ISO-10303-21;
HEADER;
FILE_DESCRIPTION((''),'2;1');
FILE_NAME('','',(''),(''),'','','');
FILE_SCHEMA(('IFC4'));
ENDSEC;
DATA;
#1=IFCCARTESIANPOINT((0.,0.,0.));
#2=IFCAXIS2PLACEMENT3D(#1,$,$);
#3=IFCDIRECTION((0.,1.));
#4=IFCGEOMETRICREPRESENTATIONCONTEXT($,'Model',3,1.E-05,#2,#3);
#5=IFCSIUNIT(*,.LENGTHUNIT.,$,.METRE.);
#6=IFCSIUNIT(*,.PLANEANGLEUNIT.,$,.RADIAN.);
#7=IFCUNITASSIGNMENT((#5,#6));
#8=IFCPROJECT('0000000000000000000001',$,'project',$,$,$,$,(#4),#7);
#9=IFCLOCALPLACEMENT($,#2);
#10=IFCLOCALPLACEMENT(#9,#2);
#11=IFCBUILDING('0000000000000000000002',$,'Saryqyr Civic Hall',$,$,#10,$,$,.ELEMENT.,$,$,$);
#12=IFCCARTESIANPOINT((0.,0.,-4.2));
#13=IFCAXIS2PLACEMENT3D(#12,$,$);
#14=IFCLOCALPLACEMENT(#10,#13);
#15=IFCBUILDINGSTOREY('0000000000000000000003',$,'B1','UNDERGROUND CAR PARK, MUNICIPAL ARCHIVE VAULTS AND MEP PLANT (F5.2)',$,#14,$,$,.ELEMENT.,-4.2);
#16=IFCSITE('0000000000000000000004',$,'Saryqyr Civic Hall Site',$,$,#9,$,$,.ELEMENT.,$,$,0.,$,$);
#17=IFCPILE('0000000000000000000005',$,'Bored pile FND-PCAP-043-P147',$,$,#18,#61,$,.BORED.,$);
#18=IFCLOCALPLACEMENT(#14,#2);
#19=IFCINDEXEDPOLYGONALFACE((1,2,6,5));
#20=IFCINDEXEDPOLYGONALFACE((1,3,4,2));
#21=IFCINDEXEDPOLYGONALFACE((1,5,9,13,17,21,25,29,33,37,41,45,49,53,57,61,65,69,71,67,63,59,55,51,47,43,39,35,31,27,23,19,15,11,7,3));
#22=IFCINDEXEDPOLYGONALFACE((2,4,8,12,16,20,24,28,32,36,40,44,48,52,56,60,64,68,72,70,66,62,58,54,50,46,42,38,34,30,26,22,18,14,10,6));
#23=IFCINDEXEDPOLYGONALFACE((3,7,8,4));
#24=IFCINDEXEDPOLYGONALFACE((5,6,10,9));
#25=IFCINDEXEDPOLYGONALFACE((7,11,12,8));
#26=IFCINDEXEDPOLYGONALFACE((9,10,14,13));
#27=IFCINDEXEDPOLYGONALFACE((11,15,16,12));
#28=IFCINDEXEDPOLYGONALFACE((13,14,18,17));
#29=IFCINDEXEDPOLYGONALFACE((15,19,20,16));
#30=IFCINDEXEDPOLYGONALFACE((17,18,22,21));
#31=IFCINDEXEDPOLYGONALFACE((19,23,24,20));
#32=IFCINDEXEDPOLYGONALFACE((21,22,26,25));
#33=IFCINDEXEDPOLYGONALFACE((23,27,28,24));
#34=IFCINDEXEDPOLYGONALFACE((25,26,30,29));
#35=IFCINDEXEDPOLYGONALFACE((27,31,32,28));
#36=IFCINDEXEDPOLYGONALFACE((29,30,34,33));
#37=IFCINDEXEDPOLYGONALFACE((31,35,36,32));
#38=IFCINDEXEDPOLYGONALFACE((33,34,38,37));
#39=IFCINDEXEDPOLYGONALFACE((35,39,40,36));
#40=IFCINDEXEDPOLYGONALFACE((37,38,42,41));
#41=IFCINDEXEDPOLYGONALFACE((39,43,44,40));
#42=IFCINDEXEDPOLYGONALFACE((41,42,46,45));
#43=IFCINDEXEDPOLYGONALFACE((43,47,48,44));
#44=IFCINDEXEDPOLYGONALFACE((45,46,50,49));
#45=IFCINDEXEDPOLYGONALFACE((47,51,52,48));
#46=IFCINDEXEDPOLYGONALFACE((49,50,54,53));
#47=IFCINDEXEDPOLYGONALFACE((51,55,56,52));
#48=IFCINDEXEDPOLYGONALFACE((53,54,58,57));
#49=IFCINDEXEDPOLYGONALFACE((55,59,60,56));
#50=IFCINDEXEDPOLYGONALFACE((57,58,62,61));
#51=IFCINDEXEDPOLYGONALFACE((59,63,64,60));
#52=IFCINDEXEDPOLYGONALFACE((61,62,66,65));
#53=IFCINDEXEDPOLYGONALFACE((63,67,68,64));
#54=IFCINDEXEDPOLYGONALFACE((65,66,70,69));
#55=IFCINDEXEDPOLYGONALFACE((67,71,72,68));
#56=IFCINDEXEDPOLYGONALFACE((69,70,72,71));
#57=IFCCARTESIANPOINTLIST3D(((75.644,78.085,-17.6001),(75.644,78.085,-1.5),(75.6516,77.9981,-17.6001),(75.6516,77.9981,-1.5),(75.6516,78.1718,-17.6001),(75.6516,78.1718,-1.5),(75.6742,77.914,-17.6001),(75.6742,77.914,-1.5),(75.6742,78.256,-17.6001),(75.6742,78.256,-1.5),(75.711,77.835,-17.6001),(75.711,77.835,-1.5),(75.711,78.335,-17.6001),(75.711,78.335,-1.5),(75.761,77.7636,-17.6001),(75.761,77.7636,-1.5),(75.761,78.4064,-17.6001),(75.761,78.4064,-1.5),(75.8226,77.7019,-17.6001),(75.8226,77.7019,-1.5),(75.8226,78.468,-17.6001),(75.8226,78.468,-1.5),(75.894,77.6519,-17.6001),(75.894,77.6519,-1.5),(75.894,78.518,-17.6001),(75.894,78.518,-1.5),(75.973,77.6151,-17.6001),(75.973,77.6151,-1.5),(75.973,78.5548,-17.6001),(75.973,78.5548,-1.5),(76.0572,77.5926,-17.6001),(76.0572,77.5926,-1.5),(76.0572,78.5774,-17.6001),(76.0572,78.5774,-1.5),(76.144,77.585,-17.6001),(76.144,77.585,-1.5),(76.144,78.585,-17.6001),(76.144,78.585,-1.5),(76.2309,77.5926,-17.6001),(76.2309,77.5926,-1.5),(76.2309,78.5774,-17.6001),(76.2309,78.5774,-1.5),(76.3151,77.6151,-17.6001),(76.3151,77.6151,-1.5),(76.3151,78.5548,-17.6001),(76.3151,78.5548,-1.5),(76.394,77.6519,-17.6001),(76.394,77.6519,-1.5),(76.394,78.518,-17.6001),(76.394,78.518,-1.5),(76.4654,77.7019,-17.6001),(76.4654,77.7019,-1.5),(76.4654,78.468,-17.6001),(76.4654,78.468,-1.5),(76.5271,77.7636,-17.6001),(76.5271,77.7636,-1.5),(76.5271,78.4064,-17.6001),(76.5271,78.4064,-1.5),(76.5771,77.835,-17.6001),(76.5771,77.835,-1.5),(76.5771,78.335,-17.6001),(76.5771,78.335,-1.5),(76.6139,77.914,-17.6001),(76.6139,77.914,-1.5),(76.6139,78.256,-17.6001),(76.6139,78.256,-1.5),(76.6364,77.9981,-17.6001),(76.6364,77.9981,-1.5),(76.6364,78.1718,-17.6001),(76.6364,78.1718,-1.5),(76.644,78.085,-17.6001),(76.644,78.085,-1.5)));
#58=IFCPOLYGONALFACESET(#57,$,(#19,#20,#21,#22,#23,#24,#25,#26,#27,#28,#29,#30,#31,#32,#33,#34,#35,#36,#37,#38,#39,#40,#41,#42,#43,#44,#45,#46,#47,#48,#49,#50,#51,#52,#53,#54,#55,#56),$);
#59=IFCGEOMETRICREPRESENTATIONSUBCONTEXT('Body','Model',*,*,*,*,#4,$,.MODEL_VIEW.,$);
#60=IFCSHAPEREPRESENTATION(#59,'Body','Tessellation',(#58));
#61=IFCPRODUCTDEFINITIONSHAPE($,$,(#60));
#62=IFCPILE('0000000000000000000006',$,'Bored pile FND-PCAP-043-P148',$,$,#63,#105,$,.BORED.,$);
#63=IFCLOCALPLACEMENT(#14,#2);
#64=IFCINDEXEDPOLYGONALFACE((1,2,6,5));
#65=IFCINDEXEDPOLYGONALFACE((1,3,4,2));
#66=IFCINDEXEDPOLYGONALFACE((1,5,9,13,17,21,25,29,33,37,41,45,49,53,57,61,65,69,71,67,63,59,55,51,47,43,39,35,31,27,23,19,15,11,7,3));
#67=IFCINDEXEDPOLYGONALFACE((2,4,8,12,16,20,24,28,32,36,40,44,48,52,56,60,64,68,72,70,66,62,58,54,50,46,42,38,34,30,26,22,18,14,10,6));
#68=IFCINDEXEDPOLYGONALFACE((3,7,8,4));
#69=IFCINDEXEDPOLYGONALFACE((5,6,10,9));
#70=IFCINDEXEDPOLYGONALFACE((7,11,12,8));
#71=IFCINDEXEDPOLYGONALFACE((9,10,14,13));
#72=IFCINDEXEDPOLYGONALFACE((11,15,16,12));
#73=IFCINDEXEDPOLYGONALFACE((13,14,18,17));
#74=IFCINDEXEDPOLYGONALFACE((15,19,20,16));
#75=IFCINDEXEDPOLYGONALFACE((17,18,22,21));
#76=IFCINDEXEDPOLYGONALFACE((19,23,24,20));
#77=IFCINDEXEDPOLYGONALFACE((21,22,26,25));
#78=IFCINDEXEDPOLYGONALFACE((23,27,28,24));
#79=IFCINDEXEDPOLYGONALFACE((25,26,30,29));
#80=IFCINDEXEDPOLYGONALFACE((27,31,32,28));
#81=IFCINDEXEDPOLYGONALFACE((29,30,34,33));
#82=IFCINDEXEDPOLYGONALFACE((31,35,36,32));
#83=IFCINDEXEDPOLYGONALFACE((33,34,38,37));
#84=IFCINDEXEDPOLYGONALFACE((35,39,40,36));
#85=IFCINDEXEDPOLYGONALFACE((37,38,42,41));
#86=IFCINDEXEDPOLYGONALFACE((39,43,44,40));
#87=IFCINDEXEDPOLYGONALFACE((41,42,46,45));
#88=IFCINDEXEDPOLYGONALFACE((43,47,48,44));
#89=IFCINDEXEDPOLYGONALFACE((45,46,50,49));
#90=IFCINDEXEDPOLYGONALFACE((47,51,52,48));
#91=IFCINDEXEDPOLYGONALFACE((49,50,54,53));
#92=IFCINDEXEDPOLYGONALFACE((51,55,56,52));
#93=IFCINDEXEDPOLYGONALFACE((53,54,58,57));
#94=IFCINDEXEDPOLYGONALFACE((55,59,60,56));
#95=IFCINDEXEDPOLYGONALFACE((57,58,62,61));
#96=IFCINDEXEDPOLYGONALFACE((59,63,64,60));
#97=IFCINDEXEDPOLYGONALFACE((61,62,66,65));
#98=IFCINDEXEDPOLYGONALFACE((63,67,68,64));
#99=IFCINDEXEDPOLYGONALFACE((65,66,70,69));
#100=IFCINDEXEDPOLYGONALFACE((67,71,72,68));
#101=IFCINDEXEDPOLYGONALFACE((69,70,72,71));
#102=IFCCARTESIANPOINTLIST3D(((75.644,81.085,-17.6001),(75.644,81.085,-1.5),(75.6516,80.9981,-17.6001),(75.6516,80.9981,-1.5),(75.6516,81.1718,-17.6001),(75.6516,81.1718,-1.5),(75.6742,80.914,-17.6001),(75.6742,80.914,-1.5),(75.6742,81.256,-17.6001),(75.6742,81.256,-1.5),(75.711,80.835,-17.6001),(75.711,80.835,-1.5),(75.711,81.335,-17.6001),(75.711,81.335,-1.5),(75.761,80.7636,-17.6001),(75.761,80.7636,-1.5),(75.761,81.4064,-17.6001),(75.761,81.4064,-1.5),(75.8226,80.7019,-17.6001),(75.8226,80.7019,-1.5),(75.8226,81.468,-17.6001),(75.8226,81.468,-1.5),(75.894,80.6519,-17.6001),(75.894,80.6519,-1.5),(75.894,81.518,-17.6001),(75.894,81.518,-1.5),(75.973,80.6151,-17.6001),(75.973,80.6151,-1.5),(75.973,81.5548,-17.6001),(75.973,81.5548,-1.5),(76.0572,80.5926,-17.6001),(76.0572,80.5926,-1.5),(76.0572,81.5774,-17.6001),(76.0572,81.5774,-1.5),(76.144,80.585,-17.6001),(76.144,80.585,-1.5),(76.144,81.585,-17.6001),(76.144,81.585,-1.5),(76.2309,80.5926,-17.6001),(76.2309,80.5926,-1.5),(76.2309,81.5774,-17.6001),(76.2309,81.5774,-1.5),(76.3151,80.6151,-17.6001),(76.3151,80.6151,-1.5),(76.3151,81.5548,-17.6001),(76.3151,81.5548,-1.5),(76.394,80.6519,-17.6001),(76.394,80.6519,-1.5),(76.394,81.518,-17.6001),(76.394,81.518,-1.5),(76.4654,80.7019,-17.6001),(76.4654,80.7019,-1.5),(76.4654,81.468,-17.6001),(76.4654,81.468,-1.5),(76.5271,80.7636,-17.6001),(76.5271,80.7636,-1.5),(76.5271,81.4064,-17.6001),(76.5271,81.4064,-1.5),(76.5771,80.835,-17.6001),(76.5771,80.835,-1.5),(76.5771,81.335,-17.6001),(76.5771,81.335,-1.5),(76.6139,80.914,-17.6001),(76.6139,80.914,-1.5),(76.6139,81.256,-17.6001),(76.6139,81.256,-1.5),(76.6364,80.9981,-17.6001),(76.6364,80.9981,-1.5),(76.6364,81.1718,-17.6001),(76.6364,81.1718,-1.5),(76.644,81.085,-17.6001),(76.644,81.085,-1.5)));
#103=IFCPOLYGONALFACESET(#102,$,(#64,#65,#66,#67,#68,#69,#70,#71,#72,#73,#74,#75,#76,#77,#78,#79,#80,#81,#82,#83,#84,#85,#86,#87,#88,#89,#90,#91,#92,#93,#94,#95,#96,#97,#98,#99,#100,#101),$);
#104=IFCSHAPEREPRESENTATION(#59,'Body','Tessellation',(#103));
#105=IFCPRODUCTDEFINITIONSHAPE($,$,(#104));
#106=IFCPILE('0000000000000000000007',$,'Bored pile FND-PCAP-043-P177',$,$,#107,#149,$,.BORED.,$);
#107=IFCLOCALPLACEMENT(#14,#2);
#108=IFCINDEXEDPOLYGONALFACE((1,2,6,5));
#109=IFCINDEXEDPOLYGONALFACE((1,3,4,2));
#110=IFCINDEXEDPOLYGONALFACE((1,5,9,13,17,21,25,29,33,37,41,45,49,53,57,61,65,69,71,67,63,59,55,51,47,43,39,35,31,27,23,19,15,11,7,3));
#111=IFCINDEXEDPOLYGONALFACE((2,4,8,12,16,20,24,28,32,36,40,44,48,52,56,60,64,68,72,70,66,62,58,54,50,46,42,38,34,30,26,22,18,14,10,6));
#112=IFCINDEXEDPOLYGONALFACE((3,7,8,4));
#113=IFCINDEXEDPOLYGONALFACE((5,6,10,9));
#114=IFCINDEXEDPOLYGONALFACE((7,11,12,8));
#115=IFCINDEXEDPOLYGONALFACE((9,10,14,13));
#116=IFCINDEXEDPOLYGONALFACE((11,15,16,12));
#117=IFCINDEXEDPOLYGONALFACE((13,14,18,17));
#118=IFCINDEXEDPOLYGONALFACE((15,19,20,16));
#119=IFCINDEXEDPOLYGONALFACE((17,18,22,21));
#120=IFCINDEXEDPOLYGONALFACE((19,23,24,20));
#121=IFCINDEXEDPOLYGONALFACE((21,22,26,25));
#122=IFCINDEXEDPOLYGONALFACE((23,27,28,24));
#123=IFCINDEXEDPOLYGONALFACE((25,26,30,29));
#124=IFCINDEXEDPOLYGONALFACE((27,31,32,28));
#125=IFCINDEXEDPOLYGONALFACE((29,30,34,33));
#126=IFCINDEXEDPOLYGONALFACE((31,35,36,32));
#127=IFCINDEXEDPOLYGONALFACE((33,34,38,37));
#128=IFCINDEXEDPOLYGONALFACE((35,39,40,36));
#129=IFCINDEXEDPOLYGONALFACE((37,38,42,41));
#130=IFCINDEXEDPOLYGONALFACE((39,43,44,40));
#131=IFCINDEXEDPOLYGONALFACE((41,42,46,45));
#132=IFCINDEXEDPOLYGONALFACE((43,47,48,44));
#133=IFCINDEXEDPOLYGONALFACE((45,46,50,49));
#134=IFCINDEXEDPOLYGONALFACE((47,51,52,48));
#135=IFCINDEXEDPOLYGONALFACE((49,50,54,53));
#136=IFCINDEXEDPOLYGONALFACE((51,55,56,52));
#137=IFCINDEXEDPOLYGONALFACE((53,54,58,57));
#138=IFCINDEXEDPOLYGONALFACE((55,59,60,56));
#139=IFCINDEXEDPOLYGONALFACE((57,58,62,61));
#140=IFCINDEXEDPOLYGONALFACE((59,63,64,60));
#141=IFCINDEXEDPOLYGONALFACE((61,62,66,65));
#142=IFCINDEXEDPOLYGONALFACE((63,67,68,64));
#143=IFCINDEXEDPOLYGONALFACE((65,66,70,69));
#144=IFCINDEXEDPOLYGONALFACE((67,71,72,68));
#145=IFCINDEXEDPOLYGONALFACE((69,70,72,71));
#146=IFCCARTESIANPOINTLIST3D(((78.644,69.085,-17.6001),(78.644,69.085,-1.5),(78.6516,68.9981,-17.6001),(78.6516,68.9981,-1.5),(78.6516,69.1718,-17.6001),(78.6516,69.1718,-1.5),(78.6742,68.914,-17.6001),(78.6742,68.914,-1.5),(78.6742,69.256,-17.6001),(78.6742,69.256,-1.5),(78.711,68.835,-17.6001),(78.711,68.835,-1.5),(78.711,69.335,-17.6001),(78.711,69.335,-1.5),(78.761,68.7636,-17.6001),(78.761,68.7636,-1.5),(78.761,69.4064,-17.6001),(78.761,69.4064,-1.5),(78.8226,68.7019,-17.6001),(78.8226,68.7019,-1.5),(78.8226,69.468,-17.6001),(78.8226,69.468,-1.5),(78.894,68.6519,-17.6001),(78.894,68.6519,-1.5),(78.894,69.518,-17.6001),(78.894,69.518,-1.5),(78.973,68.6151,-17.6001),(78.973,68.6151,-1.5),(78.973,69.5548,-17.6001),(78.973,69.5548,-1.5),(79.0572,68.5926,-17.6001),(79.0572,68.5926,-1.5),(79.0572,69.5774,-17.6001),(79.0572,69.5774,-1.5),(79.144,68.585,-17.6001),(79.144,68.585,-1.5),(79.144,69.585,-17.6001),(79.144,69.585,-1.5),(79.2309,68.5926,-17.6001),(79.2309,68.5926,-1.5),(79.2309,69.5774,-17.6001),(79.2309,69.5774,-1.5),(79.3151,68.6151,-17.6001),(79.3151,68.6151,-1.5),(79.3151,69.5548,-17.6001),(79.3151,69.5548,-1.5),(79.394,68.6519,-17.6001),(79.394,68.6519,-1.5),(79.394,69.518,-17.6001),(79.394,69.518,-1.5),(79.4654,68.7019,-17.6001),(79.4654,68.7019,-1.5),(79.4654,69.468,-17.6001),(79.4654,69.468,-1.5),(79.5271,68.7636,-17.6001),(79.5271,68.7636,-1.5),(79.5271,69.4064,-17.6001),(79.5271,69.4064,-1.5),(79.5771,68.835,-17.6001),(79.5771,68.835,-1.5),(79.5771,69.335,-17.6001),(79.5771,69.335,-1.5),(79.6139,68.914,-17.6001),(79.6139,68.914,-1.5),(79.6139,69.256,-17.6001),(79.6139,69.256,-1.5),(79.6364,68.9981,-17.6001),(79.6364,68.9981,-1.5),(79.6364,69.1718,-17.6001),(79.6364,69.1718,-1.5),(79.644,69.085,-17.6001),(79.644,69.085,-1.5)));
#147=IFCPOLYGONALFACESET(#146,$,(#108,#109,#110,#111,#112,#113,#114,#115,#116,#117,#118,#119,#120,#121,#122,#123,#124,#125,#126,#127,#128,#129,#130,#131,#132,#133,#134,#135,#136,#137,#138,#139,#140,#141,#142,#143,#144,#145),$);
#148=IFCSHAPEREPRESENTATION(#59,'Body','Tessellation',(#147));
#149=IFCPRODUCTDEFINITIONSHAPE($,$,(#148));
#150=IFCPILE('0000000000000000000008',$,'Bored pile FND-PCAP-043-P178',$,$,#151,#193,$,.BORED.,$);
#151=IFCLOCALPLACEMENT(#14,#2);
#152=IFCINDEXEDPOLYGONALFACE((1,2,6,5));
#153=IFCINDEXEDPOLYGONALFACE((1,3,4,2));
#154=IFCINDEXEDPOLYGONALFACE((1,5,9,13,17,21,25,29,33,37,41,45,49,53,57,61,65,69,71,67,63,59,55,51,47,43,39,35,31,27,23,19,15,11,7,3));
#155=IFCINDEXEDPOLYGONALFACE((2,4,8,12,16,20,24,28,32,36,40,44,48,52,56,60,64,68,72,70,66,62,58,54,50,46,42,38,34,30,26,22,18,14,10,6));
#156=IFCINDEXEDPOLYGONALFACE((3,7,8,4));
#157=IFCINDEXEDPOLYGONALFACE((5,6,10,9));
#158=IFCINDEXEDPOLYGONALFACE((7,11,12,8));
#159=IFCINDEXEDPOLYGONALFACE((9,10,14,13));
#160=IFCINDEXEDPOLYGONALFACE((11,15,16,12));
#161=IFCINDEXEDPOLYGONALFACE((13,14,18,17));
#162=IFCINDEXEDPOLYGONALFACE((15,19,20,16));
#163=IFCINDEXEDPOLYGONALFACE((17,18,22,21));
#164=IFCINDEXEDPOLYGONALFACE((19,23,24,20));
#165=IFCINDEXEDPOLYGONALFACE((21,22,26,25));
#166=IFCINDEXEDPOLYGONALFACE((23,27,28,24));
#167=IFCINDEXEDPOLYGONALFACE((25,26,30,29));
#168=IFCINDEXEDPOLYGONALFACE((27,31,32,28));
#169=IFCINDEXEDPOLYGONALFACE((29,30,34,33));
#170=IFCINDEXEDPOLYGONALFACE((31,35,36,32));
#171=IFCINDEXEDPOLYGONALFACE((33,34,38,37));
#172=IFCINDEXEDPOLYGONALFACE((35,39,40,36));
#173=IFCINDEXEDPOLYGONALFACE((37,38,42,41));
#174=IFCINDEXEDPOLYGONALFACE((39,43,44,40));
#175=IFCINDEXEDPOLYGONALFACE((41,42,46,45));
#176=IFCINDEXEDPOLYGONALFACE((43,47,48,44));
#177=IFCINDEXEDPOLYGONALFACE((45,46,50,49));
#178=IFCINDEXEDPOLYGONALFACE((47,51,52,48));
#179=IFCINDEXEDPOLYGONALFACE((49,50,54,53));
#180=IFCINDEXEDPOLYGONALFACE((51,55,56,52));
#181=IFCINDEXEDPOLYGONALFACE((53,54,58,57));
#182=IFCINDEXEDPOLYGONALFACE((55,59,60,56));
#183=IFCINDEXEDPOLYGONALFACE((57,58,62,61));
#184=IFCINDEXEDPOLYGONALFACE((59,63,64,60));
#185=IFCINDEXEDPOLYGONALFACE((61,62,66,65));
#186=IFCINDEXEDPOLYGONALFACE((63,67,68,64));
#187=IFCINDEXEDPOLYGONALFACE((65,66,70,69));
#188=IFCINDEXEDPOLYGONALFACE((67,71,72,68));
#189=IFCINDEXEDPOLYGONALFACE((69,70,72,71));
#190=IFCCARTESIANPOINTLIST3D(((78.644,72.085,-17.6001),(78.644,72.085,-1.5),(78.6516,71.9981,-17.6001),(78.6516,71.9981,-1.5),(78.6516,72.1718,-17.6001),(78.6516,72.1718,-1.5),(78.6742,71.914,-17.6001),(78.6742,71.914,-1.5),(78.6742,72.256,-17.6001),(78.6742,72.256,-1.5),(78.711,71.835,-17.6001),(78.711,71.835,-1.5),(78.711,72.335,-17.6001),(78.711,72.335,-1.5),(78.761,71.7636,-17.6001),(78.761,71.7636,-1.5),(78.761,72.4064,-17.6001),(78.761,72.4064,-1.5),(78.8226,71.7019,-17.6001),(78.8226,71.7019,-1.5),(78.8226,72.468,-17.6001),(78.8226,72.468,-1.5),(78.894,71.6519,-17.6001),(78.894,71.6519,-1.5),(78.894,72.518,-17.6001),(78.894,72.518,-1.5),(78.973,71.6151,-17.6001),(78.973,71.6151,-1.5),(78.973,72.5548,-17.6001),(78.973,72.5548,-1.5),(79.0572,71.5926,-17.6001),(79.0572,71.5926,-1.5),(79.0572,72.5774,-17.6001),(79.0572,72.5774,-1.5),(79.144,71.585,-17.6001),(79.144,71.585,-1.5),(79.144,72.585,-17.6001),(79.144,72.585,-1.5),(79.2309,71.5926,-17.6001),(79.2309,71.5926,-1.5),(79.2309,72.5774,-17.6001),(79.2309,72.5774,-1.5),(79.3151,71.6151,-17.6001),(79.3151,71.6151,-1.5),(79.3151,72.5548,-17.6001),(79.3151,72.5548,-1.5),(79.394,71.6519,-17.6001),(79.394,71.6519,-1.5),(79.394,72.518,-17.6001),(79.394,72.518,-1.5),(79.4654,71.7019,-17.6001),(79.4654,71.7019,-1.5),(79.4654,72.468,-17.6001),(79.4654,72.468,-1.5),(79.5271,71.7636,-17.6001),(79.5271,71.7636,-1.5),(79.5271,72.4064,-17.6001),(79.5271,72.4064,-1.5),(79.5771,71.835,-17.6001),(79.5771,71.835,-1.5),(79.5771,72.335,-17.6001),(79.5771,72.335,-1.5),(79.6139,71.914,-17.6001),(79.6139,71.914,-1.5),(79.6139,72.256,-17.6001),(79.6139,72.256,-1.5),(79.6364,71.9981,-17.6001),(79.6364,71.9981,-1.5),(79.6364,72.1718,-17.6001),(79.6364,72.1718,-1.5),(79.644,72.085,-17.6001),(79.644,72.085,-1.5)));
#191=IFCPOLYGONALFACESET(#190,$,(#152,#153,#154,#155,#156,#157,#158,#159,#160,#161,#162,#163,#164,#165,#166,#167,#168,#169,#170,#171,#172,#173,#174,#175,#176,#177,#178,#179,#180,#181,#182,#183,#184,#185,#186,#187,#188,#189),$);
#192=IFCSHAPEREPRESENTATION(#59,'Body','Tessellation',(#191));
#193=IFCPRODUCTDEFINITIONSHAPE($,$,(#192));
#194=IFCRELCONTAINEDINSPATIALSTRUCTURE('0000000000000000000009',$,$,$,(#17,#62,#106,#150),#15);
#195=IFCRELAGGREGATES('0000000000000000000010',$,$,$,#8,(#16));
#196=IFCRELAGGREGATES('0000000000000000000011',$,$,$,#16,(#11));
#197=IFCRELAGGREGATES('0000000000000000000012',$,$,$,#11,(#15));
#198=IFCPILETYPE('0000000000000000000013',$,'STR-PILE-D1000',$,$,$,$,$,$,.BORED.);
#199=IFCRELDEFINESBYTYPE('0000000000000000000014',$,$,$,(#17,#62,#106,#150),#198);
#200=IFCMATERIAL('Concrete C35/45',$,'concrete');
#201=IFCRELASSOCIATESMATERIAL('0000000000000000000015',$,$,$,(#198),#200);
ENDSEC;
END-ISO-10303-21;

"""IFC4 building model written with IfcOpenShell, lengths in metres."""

from ifc_helpers import new_model, si_unit, direction, frame, origin, origin_2d, place, context, subcontext, project, spatial, circle, extrude, material, material_profile, profile_set, type_object, element, save


model = new_model("IFC4")

# Units and contexts
model_context = context("Model", 3, precision=1e-05, world=origin(), true_north=direction((0.0, 1.0)))
body_context = subcontext(model_context, "Body", "Model", "MODEL_VIEW")
ifc_project = project(units=[si_unit("LENGTHUNIT", "METRE"), si_unit("PLANEANGLEUNIT", "RADIAN")], contexts=[model_context])

# Site, building, storey
site_placement = place(None, origin())
site = spatial("IfcSite", under=ifc_project, at=site_placement, Name="Saryqyr Civic Hall Site", CompositionType="ELEMENT", RefElevation=0.0)
building_placement = place(site_placement, origin())
building = spatial("IfcBuilding", under=site, at=building_placement, Name="Saryqyr Civic Hall", CompositionType="ELEMENT")
storey_placement = place(building_placement, frame((0.0, 0.0, -4.2)))
storey = spatial("IfcBuildingStorey", under=building, at=storey_placement, Name="B1", Description="UNDERGROUND CAR PARK, MUNICIPAL ARCHIVE VAULTS AND MEP PLANT (F5.2)", CompositionType="ELEMENT", Elevation=-4.2)

# Piles
ifc_material_1 = material(Name="Concrete C35/45", Category="concrete")
ifc_material_profile_1 = material_profile(ifc_material_1, circle(Radius=0.5, at=origin_2d()), Name="BORED PILE D1000")
ifc_profile_set_1 = profile_set([ifc_material_profile_1], Name="Concrete C35/45")
pile_type = type_object("IfcPileType", Name="STR-PILE-D1000", PredefinedType="BORED", material=ifc_profile_set_1)
for number, where, z_axis, x_axis, name in (
    (1, (76.144, 78.085, -1.5), (0.0, 0.0, -1.0), (1.0, 0.0, 0.0), "Bored pile FND-PCAP-043-P147"),
    (2, (76.144, 81.085, -1.5), (0.0, 0.0, -1.0), (1.0, 0.0, 0.0), "Bored pile FND-PCAP-043-P148"),
    (3, (79.144, 69.085, -1.5), (0.0, 0.0, -1.0), (1.0, 0.0, 0.0), "Bored pile FND-PCAP-043-P177"),
    (4, (79.144, 72.085, -1.5), (0.0, 0.0, -1.0), (1.0, 0.0, 0.0), "Bored pile FND-PCAP-043-P178"),
):
    element("IfcPile", number, at=place(storey_placement, frame(where, z_axis=z_axis, x_axis=x_axis)), inside=storey, type_object=pile_type, Name=name, PredefinedType="BORED", context=body_context, shape_type="SweptSolid", body=[
        extrude(circle(Radius=0.5, at=origin_2d()), origin(), (0.0, 0.0, 1.0), 16.1001),
    ])

save(model, "model.ifc")
